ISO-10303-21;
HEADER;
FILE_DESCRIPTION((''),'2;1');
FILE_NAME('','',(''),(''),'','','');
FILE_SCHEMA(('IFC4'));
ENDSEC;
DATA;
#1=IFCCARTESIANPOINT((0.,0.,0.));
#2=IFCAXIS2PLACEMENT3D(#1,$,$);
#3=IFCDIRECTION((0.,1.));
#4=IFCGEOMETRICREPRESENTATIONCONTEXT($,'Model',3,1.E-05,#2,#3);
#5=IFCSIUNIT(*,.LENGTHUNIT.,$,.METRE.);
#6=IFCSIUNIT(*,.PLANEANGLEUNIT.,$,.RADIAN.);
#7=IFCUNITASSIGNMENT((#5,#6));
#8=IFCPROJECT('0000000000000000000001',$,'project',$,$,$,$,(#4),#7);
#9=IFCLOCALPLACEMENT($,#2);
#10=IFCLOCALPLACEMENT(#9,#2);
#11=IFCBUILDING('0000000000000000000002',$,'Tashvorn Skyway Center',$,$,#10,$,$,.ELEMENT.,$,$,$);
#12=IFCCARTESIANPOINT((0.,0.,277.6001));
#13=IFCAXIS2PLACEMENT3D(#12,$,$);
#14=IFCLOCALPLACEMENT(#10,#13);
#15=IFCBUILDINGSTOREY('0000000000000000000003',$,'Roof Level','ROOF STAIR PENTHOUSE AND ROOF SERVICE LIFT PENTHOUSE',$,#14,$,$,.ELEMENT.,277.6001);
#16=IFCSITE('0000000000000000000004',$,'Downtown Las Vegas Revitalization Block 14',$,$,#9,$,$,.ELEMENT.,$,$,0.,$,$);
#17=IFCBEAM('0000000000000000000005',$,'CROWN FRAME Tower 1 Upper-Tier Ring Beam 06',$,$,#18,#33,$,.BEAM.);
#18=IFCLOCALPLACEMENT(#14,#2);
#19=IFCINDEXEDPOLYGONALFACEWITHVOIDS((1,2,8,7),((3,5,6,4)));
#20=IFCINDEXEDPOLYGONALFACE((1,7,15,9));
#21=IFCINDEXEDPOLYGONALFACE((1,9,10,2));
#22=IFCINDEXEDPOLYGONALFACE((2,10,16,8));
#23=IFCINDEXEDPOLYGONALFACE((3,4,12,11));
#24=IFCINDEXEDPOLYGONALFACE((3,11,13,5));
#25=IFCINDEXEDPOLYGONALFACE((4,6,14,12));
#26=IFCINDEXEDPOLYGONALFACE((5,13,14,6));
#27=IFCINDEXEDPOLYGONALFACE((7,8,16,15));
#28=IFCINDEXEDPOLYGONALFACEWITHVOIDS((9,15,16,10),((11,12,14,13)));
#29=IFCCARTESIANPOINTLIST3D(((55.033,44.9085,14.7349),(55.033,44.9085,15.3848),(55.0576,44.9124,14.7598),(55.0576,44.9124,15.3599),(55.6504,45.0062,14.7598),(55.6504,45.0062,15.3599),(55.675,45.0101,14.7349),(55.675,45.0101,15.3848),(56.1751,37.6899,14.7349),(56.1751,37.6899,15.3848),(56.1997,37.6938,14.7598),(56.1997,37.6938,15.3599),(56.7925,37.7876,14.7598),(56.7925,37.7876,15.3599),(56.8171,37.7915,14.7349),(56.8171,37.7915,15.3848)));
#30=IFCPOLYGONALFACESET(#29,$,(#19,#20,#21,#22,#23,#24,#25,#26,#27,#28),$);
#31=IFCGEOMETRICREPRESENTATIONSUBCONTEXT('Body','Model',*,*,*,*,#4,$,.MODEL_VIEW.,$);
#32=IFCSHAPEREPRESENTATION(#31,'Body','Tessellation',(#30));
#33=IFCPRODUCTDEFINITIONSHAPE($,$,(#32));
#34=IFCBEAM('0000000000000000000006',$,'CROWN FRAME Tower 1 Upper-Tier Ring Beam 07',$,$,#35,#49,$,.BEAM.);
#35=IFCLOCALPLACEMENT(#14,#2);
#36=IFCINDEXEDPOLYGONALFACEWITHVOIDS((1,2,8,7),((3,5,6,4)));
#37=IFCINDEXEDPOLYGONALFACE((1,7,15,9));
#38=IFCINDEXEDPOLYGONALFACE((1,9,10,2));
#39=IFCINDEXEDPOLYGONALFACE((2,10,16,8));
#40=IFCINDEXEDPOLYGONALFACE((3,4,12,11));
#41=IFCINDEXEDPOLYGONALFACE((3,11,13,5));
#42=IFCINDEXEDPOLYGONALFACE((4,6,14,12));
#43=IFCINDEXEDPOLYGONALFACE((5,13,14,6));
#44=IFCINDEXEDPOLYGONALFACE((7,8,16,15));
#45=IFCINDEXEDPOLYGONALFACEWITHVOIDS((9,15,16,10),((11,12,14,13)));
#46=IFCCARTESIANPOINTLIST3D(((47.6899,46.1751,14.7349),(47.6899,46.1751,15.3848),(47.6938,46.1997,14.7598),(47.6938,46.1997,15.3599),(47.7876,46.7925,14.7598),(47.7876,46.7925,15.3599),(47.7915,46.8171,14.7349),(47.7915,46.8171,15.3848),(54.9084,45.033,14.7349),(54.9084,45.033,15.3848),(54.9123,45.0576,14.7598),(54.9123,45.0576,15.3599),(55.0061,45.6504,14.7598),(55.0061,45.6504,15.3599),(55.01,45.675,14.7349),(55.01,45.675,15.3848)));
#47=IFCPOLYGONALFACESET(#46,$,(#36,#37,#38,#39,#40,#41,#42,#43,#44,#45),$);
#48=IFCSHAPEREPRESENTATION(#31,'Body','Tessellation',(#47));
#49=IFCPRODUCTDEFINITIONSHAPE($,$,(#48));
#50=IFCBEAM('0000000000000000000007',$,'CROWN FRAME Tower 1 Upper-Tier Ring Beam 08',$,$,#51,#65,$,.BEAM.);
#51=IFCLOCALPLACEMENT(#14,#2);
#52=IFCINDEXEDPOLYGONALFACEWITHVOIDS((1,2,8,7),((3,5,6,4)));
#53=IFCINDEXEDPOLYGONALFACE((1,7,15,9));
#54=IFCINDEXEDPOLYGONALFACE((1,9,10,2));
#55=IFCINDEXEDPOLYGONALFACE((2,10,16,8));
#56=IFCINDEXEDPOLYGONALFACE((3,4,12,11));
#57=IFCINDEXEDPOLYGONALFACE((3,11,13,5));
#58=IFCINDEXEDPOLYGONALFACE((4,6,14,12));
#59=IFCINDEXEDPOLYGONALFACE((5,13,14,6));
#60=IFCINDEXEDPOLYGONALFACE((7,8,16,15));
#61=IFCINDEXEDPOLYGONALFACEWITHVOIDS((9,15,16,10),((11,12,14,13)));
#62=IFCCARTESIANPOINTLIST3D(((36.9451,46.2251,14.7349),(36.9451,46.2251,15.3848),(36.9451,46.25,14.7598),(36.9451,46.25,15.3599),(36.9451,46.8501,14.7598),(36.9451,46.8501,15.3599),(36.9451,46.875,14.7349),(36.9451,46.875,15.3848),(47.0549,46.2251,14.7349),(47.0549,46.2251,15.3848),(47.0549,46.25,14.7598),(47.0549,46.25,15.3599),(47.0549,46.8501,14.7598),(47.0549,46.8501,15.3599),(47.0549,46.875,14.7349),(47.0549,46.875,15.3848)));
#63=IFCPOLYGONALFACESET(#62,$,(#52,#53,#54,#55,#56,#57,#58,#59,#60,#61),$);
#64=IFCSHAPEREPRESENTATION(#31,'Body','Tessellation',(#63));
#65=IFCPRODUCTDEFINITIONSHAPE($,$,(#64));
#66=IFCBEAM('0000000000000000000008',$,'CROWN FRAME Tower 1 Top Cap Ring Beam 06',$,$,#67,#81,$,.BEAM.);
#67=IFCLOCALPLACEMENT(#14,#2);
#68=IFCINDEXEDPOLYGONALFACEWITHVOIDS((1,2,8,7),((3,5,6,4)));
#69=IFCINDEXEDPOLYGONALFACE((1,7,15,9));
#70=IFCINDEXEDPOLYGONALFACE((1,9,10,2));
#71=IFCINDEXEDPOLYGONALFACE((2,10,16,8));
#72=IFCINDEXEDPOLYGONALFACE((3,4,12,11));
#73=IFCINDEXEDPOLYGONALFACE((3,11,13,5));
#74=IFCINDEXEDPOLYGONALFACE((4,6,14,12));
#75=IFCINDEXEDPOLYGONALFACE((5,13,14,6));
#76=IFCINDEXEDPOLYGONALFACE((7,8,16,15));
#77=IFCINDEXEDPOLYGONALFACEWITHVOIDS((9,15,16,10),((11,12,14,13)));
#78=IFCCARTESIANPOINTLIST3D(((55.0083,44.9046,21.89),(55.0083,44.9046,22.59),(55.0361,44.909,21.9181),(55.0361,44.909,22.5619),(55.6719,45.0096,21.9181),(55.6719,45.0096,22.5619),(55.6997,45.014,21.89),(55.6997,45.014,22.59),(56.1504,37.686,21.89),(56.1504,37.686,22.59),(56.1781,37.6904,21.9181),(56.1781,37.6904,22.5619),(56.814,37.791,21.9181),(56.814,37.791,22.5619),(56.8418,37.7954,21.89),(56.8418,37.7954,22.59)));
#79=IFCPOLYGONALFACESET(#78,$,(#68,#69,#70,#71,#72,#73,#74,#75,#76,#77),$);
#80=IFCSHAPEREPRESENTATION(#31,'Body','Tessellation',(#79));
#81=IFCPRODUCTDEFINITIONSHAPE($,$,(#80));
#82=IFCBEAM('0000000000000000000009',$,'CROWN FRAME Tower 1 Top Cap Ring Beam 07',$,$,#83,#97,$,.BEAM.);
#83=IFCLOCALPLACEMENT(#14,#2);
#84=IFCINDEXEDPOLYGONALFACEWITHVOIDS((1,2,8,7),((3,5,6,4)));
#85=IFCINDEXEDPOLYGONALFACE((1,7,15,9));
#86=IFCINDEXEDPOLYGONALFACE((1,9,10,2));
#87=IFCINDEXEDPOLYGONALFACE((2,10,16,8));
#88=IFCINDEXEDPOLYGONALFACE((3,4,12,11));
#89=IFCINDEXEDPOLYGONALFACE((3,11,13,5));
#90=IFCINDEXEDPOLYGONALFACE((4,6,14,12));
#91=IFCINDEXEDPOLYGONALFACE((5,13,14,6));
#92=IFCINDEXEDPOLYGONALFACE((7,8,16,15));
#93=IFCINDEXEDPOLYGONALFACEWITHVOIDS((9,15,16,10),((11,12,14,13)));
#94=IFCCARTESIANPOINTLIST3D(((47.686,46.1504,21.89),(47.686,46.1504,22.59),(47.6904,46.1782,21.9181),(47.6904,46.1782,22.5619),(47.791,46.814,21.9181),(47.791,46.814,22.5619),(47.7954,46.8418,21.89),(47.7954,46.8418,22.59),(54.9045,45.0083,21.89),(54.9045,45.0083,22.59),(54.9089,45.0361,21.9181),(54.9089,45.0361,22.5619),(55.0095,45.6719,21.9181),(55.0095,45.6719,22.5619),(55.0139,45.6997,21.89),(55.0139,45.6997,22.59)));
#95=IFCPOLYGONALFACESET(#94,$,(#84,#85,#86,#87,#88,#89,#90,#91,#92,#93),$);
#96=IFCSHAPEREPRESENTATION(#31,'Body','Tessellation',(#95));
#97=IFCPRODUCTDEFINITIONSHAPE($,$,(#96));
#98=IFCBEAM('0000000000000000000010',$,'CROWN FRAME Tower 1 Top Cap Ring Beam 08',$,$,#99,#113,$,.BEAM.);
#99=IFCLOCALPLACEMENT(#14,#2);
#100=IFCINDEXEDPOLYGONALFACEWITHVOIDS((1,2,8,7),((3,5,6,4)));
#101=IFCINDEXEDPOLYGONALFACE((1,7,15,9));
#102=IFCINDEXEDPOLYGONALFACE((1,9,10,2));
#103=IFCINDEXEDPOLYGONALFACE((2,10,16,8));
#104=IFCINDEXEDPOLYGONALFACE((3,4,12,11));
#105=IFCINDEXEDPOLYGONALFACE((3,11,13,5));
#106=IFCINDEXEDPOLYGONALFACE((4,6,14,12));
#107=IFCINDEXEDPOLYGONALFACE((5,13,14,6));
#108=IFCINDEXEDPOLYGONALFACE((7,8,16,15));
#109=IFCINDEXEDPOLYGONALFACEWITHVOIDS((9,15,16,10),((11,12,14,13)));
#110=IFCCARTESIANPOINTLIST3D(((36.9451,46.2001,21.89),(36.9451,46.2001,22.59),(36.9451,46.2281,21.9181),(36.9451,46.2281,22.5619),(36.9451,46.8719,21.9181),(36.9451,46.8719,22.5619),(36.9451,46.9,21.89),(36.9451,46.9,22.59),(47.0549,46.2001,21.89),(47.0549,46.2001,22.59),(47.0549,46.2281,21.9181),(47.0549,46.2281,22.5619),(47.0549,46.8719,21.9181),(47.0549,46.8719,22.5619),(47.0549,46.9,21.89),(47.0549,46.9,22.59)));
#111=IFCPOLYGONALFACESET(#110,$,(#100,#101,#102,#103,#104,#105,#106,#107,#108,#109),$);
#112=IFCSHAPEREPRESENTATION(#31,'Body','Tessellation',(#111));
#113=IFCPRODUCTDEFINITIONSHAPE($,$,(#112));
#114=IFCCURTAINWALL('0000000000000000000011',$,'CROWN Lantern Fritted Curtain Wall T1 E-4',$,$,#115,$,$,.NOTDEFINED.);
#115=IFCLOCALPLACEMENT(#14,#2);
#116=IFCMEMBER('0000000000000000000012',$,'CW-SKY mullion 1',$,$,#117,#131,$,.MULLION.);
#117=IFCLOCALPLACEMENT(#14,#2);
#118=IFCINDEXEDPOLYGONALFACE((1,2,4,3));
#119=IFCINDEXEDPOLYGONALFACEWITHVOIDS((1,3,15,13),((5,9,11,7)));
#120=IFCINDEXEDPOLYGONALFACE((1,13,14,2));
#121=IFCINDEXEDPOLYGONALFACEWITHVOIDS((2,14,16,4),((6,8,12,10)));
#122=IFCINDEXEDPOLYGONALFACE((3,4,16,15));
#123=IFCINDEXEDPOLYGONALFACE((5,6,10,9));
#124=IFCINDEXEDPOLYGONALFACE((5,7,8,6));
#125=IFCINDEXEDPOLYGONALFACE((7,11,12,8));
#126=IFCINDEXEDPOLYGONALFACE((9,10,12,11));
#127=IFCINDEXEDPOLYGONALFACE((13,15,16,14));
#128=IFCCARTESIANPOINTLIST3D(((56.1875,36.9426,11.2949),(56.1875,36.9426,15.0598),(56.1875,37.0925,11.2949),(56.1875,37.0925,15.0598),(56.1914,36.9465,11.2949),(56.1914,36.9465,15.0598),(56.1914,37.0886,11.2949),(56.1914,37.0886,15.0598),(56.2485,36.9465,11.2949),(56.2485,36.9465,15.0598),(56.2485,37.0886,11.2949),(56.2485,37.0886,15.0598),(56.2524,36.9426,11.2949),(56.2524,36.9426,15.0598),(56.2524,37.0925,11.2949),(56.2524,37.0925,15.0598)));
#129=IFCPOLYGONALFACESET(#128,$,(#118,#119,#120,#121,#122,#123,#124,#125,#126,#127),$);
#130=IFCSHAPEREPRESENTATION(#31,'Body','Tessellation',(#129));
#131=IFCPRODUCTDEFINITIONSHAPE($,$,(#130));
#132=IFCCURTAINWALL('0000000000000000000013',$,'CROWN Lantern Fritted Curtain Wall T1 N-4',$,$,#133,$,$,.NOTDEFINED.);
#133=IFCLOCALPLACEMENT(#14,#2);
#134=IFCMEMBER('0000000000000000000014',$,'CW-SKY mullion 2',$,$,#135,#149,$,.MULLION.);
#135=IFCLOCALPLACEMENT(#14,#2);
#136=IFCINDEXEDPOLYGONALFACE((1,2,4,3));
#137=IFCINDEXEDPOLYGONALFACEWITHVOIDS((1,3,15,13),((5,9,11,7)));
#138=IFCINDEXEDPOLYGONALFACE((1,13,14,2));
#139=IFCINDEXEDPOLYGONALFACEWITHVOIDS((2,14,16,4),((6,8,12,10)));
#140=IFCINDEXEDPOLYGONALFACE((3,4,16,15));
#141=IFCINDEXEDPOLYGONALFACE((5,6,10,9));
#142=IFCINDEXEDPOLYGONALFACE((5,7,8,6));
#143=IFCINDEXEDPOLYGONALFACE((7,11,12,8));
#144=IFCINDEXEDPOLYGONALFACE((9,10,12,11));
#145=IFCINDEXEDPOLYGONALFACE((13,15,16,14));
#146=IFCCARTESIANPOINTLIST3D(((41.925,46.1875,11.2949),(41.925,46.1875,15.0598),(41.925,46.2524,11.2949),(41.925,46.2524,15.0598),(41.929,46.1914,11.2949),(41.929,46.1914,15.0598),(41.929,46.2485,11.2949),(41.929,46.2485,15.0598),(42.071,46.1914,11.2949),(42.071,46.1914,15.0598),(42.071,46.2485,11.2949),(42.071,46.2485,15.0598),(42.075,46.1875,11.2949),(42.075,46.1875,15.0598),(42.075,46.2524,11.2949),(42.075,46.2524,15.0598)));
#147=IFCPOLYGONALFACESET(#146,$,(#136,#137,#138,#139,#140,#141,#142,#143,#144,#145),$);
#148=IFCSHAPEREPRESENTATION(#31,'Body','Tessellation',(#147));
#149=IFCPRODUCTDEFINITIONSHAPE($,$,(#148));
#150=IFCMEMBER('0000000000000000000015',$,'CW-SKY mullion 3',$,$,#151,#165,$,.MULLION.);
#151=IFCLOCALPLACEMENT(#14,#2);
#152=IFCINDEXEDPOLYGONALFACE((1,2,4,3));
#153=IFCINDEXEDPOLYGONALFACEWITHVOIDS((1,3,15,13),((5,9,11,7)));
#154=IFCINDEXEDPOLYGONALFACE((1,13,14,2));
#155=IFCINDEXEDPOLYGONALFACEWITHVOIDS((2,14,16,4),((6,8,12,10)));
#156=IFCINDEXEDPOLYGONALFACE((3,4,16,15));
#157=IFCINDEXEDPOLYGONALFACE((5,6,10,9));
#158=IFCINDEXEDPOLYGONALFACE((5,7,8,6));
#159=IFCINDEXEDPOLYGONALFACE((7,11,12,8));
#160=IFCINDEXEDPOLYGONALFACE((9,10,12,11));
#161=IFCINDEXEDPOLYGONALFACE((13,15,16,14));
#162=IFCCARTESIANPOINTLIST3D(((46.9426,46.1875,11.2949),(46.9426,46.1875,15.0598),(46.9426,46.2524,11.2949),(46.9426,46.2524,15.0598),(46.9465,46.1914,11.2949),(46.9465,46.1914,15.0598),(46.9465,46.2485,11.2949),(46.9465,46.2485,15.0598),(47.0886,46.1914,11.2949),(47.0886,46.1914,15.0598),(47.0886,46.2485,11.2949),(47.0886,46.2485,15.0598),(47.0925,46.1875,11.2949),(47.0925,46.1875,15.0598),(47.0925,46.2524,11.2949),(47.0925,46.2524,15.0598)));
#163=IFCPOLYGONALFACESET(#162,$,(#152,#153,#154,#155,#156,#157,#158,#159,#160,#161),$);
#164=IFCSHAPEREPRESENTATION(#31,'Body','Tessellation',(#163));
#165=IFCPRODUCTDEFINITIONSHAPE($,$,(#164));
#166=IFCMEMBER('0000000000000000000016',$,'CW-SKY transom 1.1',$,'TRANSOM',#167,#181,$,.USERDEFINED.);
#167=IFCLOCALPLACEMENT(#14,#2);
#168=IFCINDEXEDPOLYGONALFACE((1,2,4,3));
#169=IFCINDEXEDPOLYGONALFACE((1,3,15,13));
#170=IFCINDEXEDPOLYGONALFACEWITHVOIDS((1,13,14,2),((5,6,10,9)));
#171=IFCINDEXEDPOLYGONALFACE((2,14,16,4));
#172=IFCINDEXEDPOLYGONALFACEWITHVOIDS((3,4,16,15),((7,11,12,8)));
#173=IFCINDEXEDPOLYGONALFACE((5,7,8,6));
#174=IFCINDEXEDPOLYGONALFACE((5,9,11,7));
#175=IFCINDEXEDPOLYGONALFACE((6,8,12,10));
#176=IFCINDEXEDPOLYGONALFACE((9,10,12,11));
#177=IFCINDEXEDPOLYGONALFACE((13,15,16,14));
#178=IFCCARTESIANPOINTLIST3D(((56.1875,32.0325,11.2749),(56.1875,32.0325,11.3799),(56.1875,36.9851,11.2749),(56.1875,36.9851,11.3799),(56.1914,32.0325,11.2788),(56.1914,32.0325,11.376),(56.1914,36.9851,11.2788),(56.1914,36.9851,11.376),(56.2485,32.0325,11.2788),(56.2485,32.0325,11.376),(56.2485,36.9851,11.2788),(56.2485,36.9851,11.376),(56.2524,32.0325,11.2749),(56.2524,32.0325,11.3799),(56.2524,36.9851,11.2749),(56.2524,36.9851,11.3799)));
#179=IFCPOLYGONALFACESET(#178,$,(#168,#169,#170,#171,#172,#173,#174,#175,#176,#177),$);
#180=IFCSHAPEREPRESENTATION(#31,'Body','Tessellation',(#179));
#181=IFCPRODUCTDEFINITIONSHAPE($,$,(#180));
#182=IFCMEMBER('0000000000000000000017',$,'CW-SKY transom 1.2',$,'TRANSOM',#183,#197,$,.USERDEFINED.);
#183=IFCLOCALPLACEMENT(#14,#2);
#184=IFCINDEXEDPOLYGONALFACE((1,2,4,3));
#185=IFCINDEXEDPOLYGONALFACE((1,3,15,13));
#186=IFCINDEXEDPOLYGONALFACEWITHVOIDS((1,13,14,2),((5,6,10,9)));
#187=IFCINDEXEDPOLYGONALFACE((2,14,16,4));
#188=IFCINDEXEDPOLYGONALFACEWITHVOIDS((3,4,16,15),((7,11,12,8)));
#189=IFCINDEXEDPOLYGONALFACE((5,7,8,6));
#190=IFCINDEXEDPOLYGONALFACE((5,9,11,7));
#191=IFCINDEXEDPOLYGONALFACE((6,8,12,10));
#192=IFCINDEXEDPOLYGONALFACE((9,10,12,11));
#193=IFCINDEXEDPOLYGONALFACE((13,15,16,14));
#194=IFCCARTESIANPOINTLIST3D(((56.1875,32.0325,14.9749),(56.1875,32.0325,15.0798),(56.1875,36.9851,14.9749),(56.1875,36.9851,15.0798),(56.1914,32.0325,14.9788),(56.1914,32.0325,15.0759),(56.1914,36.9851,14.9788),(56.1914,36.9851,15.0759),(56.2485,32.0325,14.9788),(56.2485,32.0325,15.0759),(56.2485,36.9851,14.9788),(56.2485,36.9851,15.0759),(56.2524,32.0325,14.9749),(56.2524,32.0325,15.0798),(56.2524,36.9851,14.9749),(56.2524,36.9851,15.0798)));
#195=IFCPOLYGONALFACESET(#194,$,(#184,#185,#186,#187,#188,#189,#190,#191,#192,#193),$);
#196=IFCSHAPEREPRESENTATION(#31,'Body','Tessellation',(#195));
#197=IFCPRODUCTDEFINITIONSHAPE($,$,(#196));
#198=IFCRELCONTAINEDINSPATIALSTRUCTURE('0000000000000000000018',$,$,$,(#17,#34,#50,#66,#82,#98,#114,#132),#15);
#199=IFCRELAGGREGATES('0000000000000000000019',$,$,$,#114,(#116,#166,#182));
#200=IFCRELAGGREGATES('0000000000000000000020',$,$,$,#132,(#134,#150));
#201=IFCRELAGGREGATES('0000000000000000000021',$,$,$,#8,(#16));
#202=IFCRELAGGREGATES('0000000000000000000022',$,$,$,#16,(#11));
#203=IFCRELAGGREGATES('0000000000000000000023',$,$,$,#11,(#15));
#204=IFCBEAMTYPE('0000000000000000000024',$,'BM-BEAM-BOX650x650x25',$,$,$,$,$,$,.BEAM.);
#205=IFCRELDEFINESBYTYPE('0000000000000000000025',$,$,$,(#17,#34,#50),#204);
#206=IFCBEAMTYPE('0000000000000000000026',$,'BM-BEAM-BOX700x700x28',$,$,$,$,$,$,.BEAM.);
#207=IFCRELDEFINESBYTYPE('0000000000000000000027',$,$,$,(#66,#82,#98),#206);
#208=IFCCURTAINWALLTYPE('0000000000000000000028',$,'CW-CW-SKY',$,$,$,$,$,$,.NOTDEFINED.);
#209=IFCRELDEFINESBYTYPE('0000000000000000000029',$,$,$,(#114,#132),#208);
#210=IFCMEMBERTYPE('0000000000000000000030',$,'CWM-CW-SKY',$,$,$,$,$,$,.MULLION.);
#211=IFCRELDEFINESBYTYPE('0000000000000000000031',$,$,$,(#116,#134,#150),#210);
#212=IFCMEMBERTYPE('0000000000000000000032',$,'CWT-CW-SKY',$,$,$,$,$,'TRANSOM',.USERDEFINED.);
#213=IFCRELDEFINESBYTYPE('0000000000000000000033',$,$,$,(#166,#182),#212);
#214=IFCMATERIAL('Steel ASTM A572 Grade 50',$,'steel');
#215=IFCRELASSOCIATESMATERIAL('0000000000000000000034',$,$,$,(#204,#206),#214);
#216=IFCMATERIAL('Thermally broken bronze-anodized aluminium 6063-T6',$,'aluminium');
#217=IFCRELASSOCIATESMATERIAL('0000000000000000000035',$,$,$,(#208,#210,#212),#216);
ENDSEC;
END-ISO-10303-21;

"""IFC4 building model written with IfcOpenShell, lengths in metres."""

from ifc_helpers import new_model, si_unit, direction, frame, origin, origin_2d, place, context, subcontext, project, spatial, hollow_rectangle, extrude, material, material_profile, profile_set, type_object, element, aggregate, save


model = new_model("IFC4")

# Units and contexts
model_context = context("Model", 3, precision=1e-05, world=origin(), true_north=direction((0.0, 1.0)))
body_context = subcontext(model_context, "Body", "Model", "MODEL_VIEW")
ifc_project = project(units=[si_unit("LENGTHUNIT", "METRE"), si_unit("PLANEANGLEUNIT", "RADIAN")], contexts=[model_context])

# Site, building, storey
site_placement = place(None, origin())
site = spatial("IfcSite", under=ifc_project, at=site_placement, Name="Downtown Las Vegas Revitalization Block 14", CompositionType="ELEMENT", RefElevation=0.0)
building_placement = place(site_placement, origin())
building = spatial("IfcBuilding", under=site, at=building_placement, Name="Tashvorn Skyway Center", CompositionType="ELEMENT")
storey_placement = place(building_placement, frame((0.0, 0.0, 277.6001)))
storey = spatial("IfcBuildingStorey", under=building, at=storey_placement, Name="Roof Level", Description="ROOF STAIR PENTHOUSE AND ROOF SERVICE LIFT PENTHOUSE", CompositionType="ELEMENT", Elevation=277.6001)

# Beams
ifc_material_1 = material(Name="Steel ASTM A572 Grade 50", Category="steel")
ifc_material_profile_1 = material_profile(ifc_material_1, hollow_rectangle(XDim=0.6499, YDim=0.6499, WallThickness=0.0249, at=origin_2d()), Name="BOX650x650x25")
ifc_profile_set_1 = profile_set([ifc_material_profile_1], Name="Steel ASTM A572 Grade 50")
beam_type_1 = type_object("IfcBeamType", Name="BM-BEAM-BOX650x650x25", PredefinedType="BEAM", material=ifc_profile_set_1)
for number, where, z_axis, x_axis, name in (
    (1, (56.4961, 37.7407, 15.0598), (-0.156273, 0.987714, 0.0), (-0.987714, -0.156273, 0.0), "CROWN FRAME Tower 1 Upper-Tier Ring Beam 06"),
    (2, (54.9592, 45.354, 15.0598), (-0.987714, 0.156273, 0.0), (-0.156273, -0.987714, 0.0), "CROWN FRAME Tower 1 Upper-Tier Ring Beam 07"),
):
    element("IfcBeam", number, at=place(storey_placement, frame(where, z_axis=z_axis, x_axis=x_axis)), inside=storey, type_object=beam_type_1, Name=name, PredefinedType="BEAM", context=body_context, shape_type="SweptSolid", body=[
        extrude(hollow_rectangle(XDim=0.6499, YDim=0.6499, WallThickness=0.0249, at=origin_2d()), origin(), (0.0, 0.0, 1.0), 7.3083),
    ])
beam_1_placement = place(storey_placement, frame((47.0549, 46.55, 15.0598), z_axis=(-1.0, 0.0, 0.0), x_axis=(0.0, -1.0, 0.0)))
element("IfcBeam", 3, at=beam_1_placement, inside=storey, type_object=beam_type_1, Name="CROWN FRAME Tower 1 Upper-Tier Ring Beam 08", PredefinedType="BEAM", context=body_context, shape_type="SweptSolid", body=[
    extrude(hollow_rectangle(XDim=0.6499, YDim=0.6499, WallThickness=0.0249, at=origin_2d()), origin(), (0.0, 0.0, 1.0), 10.1099),
])
ifc_material_profile_2 = material_profile(ifc_material_1, hollow_rectangle(XDim=0.7, YDim=0.7, WallThickness=0.0281, at=origin_2d()), Name="BOX700x700x28")
ifc_profile_set_2 = profile_set([ifc_material_profile_2], Name="Steel ASTM A572 Grade 50")
beam_type_2 = type_object("IfcBeamType", Name="BM-BEAM-BOX700x700x28", PredefinedType="BEAM", material=ifc_profile_set_2)
for number, where, z_axis, x_axis, name in (
    (4, (56.4961, 37.7407, 22.24), (-0.156273, 0.987714, 0.0), (-0.987714, -0.156273, 0.0), "CROWN FRAME Tower 1 Top Cap Ring Beam 06"),
    (5, (54.9592, 45.354, 22.24), (-0.987714, 0.156273, 0.0), (-0.156273, -0.987714, 0.0), "CROWN FRAME Tower 1 Top Cap Ring Beam 07"),
):
    element("IfcBeam", number, at=place(storey_placement, frame(where, z_axis=z_axis, x_axis=x_axis)), inside=storey, type_object=beam_type_2, Name=name, PredefinedType="BEAM", context=body_context, shape_type="SweptSolid", body=[
        extrude(hollow_rectangle(XDim=0.7, YDim=0.7, WallThickness=0.0281, at=origin_2d()), origin(), (0.0, 0.0, 1.0), 7.3083),
    ])
beam_2_placement = place(storey_placement, frame((47.0549, 46.55, 22.24), z_axis=(-1.0, 0.0, 0.0), x_axis=(0.0, -1.0, 0.0)))
element("IfcBeam", 6, at=beam_2_placement, inside=storey, type_object=beam_type_2, Name="CROWN FRAME Tower 1 Top Cap Ring Beam 08", PredefinedType="BEAM", context=body_context, shape_type="SweptSolid", body=[
    extrude(hollow_rectangle(XDim=0.7, YDim=0.7, WallThickness=0.0281, at=origin_2d()), origin(), (0.0, 0.0, 1.0), 10.1099),
])

# Curtain wall, member
ifc_material_2 = material(Name="Thermally broken bronze-anodized aluminium 6063-T6", Category="aluminium")
curtain_wall_type = type_object("IfcCurtainWallType", Name="CW-CW-SKY", PredefinedType="NOTDEFINED", material=ifc_material_2)
curtain_wall_1_placement = place(storey_placement, origin())
curtain_wall_1 = element("IfcCurtainWall", 7, at=curtain_wall_1_placement, inside=storey, type_object=curtain_wall_type, Name="CROWN Lantern Fritted Curtain Wall T1 E-4", PredefinedType="NOTDEFINED")
ifc_material_profile_3 = material_profile(ifc_material_2, hollow_rectangle(XDim=0.0649, YDim=0.1499, WallThickness=0.0039, at=origin_2d()), Name="ALU-MULL-65x150")
ifc_profile_set_3 = profile_set([ifc_material_profile_3], Name="Thermally broken bronze-anodized aluminium 6063-T6")
member_type_1 = type_object("IfcMemberType", Name="CWM-CW-SKY", PredefinedType="MULLION", material=ifc_profile_set_3)
member_1_placement = place(storey_placement, frame((56.22, 37.0176, 11.2949), z_axis=(0.0, 0.0, 1.0), x_axis=(1.0, 0.0, 0.0)))
member_1 = element("IfcMember", 8, at=member_1_placement, type_object=member_type_1, Name="CW-SKY mullion 1", PredefinedType="MULLION", context=body_context, shape_type="SweptSolid", body=[
    extrude(hollow_rectangle(XDim=0.0649, YDim=0.1499, WallThickness=0.0039, at=origin_2d()), origin(), (0.0, 0.0, 1.0), 3.7649),
])

# Curtain wall, members
curtain_wall_2_placement = place(storey_placement, origin())
curtain_wall_2 = element("IfcCurtainWall", 9, at=curtain_wall_2_placement, inside=storey, type_object=curtain_wall_type, Name="CROWN Lantern Fritted Curtain Wall T1 N-4", PredefinedType="NOTDEFINED")
member_2_placement = place(storey_placement, frame((42.0, 46.22, 11.2949), z_axis=(0.0, 0.0, 1.0), x_axis=(0.0, 1.0, 0.0)))
member_2 = element("IfcMember", 10, at=member_2_placement, type_object=member_type_1, Name="CW-SKY mullion 2", PredefinedType="MULLION", context=body_context, shape_type="SweptSolid", body=[
    extrude(hollow_rectangle(XDim=0.0649, YDim=0.1499, WallThickness=0.0039, at=origin_2d()), origin(), (0.0, 0.0, 1.0), 3.7649),
])
member_3_placement = place(storey_placement, frame((47.0176, 46.22, 11.2949), z_axis=(0.0, 0.0, 1.0), x_axis=(0.0, 1.0, 0.0)))
member_3 = element("IfcMember", 11, at=member_3_placement, type_object=member_type_1, Name="CW-SKY mullion 3", PredefinedType="MULLION", context=body_context, shape_type="SweptSolid", body=[
    extrude(hollow_rectangle(XDim=0.0649, YDim=0.1499, WallThickness=0.0039, at=origin_2d()), origin(), (0.0, 0.0, 1.0), 3.7649),
])

# Members
ifc_material_profile_4 = material_profile(ifc_material_2, hollow_rectangle(XDim=0.0649, YDim=0.105, WallThickness=0.0039, at=origin_2d()), Name="ALU-TRAN-65x105")
ifc_profile_set_4 = profile_set([ifc_material_profile_4], Name="Thermally broken bronze-anodized aluminium 6063-T6")
member_type_2 = type_object("IfcMemberType", Name="CWT-CW-SKY", ElementType="TRANSOM", PredefinedType="USERDEFINED", material=ifc_profile_set_4)
member_4_placement = place(storey_placement, frame((56.22, 36.9851, 11.3274), z_axis=(0.0, -1.0, 0.0), x_axis=(1.0, 0.0, 0.0)))
member_4 = element("IfcMember", 12, at=member_4_placement, type_object=member_type_2, Name="CW-SKY transom 1.1", ObjectType="TRANSOM", PredefinedType="USERDEFINED", context=body_context, shape_type="SweptSolid", body=[
    extrude(hollow_rectangle(XDim=0.0649, YDim=0.105, WallThickness=0.0039, at=origin_2d()), origin(), (0.0, 0.0, 1.0), 4.9526),
])
member_5_placement = place(storey_placement, frame((56.22, 36.9851, 15.0273), z_axis=(0.0, -1.0, 0.0), x_axis=(1.0, 0.0, 0.0)))
member_5 = element("IfcMember", 13, at=member_5_placement, type_object=member_type_2, Name="CW-SKY transom 1.2", ObjectType="TRANSOM", PredefinedType="USERDEFINED", context=body_context, shape_type="SweptSolid", body=[
    extrude(hollow_rectangle(XDim=0.0649, YDim=0.105, WallThickness=0.0039, at=origin_2d()), origin(), (0.0, 0.0, 1.0), 4.9526),
])

aggregate(curtain_wall_1, [member_1, member_4, member_5])
aggregate(curtain_wall_2, [member_2, member_3])

save(model, "model.ifc")
